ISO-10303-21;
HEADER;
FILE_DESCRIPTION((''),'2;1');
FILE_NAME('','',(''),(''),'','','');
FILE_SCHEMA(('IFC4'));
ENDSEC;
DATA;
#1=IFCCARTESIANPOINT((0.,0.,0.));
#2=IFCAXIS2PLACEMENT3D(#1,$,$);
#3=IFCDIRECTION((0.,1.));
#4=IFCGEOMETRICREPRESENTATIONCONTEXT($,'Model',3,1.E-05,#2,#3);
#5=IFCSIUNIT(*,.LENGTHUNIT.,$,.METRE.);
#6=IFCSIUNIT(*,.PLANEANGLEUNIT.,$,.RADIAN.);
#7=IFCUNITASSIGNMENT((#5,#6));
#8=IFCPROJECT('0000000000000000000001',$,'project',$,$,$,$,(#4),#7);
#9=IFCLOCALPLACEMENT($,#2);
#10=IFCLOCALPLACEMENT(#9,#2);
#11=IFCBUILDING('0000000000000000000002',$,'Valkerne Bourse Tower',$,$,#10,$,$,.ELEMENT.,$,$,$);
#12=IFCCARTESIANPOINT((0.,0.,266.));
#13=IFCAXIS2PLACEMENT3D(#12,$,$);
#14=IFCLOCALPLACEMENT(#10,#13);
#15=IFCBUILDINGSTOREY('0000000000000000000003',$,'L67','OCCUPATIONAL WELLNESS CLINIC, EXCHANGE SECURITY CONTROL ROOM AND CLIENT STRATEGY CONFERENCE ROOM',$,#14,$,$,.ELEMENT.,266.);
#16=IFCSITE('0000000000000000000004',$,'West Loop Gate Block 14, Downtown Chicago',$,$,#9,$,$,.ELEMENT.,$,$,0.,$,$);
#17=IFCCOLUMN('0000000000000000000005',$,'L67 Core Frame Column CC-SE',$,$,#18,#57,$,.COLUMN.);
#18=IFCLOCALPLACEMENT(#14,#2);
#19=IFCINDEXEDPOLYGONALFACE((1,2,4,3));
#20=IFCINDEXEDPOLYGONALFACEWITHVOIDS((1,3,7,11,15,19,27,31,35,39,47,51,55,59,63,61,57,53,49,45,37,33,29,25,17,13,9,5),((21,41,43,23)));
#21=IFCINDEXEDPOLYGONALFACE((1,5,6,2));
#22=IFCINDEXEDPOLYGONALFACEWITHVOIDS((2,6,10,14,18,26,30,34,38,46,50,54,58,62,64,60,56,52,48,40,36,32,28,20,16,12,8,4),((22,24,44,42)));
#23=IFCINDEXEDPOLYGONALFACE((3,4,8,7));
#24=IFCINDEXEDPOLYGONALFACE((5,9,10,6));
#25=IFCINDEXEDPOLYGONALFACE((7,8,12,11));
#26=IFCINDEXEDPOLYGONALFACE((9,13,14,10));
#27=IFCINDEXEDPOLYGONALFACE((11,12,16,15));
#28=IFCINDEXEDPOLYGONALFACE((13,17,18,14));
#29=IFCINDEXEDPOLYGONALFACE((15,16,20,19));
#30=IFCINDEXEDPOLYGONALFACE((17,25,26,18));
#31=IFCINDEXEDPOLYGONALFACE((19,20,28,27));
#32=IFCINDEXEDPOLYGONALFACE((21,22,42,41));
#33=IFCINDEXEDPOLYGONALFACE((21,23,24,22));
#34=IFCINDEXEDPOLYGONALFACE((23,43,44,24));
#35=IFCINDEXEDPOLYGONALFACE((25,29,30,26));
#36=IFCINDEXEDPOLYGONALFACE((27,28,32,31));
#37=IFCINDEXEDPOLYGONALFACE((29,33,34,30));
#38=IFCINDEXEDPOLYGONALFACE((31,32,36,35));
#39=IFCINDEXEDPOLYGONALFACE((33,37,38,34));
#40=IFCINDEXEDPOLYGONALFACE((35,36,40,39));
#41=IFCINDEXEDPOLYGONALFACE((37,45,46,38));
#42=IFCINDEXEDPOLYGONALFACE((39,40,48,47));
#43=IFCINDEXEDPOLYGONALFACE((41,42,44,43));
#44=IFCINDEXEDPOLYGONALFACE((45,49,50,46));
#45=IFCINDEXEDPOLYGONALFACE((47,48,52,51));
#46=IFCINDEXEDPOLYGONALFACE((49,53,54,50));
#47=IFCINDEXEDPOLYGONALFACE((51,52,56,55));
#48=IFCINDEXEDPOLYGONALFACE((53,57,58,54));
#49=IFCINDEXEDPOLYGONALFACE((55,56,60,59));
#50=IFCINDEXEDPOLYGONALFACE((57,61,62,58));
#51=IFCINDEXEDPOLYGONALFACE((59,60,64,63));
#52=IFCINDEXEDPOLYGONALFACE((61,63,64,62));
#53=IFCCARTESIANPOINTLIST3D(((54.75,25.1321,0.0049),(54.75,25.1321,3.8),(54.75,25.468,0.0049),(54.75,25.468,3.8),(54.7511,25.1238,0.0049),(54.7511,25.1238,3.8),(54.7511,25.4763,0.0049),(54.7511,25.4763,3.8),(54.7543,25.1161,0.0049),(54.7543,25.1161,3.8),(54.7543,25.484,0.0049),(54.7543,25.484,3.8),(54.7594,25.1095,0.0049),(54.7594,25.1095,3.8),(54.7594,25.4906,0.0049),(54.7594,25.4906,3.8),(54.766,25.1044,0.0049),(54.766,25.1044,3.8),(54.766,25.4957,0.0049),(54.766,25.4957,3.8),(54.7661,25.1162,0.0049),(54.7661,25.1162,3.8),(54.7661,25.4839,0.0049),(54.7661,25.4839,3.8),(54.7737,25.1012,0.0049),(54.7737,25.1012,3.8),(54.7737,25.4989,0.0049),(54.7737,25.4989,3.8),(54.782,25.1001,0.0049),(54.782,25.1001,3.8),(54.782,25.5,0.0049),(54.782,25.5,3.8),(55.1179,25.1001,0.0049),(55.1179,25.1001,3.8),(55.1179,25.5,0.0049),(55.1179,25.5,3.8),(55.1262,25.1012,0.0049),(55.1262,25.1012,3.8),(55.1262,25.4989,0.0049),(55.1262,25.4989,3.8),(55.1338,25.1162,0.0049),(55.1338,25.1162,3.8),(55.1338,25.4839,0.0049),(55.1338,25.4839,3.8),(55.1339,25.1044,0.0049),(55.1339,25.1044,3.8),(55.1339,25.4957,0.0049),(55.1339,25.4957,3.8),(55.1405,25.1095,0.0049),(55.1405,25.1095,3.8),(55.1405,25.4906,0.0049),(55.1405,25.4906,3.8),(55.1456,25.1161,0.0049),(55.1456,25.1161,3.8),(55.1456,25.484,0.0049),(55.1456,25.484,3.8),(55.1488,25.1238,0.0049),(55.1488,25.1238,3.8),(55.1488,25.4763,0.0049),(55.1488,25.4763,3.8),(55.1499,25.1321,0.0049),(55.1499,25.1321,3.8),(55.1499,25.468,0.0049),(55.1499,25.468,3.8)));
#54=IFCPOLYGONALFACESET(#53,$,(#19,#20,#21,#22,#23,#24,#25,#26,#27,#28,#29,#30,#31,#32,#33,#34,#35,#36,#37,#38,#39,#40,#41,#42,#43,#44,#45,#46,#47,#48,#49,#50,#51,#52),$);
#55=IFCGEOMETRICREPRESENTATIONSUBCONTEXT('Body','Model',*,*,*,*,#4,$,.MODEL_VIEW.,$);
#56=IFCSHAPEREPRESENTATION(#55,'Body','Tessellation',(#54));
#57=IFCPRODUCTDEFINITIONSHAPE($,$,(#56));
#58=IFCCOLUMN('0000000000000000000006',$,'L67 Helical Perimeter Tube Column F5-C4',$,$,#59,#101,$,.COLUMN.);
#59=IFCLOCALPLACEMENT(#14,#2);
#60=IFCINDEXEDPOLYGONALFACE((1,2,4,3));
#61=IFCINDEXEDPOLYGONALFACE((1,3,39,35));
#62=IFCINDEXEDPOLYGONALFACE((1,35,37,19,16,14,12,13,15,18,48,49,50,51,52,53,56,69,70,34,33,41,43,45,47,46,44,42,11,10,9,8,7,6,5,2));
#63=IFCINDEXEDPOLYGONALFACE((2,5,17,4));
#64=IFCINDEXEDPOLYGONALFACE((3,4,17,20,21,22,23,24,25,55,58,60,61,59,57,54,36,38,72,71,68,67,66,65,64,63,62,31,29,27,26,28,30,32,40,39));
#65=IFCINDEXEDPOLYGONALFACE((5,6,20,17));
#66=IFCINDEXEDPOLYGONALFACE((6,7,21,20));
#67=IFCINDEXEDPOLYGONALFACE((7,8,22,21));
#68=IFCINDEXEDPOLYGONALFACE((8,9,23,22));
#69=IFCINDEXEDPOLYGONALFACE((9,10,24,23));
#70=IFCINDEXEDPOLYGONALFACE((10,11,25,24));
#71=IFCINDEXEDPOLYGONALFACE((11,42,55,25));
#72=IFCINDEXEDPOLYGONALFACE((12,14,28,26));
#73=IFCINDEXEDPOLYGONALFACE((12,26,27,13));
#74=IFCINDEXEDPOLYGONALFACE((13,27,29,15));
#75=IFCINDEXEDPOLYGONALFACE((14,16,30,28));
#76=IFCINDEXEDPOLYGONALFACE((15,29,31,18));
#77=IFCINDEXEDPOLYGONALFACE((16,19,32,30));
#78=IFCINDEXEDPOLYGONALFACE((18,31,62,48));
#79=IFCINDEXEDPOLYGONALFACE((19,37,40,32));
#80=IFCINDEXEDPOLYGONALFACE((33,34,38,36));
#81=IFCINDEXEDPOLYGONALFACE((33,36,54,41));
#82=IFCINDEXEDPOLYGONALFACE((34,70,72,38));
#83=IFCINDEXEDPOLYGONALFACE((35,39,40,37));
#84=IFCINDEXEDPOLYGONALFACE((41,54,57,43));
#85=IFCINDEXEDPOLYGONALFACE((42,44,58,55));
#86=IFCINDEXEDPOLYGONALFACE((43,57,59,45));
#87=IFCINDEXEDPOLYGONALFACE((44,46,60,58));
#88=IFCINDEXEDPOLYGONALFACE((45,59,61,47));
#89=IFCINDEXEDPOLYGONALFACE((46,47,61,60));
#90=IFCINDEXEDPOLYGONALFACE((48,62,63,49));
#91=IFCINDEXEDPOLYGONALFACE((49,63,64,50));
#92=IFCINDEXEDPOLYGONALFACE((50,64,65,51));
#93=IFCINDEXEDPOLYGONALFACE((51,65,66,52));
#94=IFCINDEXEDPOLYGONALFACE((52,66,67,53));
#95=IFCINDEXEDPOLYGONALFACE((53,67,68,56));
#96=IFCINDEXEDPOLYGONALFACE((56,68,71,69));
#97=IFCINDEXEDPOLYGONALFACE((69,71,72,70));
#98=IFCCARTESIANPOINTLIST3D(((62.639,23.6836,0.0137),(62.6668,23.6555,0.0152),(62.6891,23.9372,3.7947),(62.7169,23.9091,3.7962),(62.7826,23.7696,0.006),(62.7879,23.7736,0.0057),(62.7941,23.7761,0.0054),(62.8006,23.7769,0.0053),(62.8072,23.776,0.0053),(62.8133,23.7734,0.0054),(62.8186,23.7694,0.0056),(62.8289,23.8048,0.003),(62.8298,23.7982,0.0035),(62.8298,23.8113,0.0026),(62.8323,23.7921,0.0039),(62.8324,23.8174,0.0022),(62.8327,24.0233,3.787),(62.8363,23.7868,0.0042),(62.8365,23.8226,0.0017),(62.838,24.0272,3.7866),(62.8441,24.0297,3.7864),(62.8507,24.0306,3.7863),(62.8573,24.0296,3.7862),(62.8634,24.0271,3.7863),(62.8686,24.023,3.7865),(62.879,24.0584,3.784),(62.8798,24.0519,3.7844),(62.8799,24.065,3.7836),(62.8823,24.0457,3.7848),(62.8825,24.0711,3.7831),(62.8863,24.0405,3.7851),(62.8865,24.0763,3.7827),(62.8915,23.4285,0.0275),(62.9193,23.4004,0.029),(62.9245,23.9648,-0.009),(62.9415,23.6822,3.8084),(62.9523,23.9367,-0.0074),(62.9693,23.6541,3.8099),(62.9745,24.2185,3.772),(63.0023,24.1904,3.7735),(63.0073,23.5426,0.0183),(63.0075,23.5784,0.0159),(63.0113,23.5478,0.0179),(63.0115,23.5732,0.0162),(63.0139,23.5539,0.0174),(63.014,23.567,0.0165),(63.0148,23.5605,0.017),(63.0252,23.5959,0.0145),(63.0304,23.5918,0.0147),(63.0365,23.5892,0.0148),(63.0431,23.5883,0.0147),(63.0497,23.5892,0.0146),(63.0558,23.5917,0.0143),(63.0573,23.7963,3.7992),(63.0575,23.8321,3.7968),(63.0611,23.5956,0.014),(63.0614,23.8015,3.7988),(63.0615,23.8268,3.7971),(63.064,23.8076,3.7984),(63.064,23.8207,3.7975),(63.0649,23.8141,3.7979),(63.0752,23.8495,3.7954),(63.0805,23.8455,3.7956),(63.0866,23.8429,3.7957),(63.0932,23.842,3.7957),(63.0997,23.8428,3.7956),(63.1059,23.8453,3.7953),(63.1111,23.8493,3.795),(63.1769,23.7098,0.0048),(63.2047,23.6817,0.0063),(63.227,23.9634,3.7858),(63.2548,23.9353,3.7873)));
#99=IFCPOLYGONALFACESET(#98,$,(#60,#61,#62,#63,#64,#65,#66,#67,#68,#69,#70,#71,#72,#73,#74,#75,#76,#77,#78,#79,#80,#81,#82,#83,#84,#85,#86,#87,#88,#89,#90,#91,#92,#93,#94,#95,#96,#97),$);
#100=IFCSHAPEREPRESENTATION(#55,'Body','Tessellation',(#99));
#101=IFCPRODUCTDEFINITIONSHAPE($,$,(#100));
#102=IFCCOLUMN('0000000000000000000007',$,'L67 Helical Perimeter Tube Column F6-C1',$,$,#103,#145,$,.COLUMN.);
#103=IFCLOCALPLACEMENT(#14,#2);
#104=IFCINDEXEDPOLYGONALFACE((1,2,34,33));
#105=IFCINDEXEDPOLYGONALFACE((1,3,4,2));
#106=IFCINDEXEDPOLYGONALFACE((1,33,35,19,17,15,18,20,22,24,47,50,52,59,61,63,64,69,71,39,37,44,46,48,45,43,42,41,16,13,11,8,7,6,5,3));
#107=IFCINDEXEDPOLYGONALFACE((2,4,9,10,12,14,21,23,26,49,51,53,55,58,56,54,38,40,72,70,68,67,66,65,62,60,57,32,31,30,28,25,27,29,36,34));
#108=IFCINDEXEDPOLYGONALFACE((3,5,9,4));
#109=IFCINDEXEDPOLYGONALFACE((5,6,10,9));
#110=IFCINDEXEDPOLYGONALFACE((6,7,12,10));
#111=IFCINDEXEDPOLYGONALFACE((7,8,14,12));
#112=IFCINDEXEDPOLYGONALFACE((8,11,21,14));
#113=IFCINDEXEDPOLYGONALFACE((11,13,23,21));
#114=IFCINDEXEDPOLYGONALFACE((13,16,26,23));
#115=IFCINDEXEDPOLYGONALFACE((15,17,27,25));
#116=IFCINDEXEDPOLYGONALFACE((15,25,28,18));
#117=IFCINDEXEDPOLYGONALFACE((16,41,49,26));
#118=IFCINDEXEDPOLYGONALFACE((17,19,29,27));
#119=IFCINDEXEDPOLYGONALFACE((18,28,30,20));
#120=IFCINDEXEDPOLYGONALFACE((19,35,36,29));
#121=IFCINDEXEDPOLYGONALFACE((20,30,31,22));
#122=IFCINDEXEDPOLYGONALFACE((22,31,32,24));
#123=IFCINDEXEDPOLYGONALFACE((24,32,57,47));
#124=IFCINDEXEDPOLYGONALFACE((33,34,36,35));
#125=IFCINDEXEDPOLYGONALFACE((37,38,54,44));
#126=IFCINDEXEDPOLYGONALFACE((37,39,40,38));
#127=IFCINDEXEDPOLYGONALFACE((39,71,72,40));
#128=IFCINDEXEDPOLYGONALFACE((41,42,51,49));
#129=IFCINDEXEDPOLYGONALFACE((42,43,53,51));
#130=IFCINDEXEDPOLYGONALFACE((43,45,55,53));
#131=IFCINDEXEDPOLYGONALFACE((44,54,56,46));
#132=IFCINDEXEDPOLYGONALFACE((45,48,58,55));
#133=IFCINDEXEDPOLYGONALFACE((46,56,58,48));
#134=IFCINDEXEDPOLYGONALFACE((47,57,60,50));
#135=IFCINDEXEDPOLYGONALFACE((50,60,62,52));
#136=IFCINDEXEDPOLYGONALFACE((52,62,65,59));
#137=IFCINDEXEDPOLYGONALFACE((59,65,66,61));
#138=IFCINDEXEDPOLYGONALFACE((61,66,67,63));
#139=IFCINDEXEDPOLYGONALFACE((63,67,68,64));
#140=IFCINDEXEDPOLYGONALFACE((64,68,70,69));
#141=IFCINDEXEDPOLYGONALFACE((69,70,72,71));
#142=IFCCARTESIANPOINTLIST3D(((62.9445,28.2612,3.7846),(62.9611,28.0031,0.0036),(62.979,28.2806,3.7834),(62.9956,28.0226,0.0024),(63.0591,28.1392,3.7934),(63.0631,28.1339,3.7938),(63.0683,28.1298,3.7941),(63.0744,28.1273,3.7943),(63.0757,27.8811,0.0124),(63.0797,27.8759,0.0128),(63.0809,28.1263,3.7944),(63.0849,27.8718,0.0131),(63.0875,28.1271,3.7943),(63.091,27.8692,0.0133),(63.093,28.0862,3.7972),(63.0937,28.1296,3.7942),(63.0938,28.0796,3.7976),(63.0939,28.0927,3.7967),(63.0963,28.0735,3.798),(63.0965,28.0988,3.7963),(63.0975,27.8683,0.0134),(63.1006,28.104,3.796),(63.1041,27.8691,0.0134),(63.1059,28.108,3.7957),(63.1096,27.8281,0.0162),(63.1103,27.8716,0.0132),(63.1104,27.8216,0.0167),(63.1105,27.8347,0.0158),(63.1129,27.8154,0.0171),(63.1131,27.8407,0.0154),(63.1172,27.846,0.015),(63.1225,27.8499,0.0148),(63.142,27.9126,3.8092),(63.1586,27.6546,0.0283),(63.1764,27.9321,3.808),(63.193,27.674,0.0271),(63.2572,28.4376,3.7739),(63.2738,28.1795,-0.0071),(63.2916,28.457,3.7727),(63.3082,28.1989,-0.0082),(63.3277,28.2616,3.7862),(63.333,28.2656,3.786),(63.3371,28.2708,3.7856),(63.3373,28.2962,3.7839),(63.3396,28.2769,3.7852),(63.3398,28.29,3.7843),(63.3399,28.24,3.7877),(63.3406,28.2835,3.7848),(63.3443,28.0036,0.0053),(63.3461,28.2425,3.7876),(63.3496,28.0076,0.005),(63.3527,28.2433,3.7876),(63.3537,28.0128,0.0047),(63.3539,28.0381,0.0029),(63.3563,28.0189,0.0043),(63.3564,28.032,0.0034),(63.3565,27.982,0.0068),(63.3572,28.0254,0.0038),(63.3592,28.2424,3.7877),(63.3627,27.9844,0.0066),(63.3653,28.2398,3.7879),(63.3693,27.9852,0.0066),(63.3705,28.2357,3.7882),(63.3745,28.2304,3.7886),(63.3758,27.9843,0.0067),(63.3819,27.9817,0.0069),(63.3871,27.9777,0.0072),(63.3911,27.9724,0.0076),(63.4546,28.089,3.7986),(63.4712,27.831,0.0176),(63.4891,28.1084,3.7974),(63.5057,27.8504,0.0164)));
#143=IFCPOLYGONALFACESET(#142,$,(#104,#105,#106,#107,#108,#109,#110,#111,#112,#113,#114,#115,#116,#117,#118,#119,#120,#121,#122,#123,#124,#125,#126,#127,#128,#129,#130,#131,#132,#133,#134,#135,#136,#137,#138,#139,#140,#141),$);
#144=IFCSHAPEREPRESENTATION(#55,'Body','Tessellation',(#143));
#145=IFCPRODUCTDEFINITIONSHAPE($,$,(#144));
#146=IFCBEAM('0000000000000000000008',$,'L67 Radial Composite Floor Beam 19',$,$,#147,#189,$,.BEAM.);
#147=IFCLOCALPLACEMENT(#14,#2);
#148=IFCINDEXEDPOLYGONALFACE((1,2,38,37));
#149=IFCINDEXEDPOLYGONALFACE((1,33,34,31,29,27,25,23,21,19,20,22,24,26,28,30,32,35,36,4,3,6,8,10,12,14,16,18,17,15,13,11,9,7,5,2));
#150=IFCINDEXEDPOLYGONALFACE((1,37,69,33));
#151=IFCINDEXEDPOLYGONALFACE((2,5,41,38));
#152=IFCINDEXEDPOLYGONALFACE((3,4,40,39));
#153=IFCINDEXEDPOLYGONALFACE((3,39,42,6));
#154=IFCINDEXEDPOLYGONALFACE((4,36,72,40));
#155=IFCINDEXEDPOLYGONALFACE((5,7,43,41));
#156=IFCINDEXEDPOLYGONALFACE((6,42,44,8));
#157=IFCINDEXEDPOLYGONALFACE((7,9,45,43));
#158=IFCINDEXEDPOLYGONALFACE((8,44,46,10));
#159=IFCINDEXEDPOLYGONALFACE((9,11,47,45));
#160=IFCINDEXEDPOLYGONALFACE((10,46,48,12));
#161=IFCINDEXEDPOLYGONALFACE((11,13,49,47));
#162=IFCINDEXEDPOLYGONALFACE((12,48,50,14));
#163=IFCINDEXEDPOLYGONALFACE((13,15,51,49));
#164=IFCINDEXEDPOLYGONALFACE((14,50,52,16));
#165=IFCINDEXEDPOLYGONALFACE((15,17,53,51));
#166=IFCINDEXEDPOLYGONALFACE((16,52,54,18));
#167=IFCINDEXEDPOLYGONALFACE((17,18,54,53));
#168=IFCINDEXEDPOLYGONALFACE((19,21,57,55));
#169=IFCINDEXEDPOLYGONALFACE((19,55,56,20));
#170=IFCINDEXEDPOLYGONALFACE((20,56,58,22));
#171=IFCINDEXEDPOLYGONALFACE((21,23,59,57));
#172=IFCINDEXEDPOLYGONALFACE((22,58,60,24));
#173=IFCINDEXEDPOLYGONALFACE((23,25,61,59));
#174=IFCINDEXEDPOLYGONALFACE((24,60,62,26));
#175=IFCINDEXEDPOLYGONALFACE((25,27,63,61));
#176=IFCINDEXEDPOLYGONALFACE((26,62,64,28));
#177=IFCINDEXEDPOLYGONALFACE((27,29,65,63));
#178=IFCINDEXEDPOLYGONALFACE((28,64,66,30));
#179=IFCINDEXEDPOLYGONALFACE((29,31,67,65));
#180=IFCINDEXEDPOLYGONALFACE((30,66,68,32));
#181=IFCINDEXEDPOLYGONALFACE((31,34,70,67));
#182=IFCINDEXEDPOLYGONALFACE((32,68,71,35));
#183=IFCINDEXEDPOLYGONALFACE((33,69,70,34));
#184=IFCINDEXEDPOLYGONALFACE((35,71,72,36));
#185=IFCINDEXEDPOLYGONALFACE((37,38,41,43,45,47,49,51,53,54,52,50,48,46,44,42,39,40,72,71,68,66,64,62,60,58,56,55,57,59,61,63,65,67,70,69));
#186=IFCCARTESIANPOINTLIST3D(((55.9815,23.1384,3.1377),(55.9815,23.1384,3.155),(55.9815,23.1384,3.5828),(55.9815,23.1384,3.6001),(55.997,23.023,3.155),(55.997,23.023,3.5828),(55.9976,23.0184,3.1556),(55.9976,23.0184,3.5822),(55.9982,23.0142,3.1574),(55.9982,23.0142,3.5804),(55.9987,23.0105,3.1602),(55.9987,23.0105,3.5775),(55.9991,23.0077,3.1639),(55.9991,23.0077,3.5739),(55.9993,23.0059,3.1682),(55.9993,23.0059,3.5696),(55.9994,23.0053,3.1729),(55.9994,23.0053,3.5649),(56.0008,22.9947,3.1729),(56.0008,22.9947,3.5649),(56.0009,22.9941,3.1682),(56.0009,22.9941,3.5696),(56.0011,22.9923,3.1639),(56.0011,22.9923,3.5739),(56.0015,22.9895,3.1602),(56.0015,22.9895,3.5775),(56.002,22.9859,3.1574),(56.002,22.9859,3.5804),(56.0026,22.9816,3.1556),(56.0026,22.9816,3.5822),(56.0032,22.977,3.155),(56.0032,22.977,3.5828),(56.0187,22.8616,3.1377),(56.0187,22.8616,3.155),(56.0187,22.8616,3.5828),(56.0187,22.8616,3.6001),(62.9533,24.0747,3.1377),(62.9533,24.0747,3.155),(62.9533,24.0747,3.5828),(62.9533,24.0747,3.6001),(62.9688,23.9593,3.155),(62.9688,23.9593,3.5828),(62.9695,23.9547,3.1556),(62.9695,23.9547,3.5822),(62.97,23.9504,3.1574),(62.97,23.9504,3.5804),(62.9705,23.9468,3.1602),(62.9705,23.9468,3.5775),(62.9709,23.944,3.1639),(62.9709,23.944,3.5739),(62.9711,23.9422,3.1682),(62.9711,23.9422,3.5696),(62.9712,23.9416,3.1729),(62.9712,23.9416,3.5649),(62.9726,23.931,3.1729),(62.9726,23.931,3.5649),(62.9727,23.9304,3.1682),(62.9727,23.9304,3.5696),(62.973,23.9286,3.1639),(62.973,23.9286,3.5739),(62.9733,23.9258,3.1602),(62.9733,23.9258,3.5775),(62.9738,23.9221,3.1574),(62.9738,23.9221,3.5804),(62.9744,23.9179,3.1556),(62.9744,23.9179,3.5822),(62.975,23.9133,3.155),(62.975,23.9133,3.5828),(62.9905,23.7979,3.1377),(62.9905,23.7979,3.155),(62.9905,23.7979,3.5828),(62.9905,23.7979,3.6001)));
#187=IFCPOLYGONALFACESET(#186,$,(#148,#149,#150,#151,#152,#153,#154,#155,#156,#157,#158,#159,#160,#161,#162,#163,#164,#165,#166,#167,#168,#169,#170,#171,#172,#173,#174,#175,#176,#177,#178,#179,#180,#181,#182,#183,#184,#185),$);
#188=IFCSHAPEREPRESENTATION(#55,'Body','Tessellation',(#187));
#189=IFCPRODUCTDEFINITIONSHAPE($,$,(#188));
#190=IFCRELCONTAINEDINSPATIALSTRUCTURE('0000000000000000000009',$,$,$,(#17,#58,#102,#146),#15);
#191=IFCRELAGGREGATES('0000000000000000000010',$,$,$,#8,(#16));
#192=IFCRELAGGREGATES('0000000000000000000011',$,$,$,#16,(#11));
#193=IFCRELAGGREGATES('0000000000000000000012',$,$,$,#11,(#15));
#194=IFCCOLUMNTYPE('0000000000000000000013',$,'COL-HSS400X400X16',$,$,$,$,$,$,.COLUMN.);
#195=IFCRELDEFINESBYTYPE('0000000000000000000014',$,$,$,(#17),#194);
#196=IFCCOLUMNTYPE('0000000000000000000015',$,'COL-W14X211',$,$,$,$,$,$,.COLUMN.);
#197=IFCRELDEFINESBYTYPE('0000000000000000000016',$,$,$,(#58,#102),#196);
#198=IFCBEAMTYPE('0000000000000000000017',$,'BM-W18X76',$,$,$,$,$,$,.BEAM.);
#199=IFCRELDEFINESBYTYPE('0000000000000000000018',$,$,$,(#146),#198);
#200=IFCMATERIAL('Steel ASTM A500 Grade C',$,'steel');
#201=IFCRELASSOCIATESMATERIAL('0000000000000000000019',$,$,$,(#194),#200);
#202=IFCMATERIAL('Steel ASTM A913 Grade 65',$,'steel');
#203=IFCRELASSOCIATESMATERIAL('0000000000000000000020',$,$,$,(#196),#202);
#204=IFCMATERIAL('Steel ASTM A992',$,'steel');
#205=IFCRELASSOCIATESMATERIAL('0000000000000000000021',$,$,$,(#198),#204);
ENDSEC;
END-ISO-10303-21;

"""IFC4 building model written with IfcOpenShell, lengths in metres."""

from ifc_helpers import new_model, si_unit, direction, frame, origin, origin_2d, place, context, subcontext, project, spatial, hollow_rectangle, i_section, extrude, material, material_profile, profile_set, type_object, element, save


model = new_model("IFC4")

# Units and contexts
model_context = context("Model", 3, precision=1e-05, world=origin(), true_north=direction((0.0, 1.0)))
body_context = subcontext(model_context, "Body", "Model", "MODEL_VIEW")
ifc_project = project(units=[si_unit("LENGTHUNIT", "METRE"), si_unit("PLANEANGLEUNIT", "RADIAN")], contexts=[model_context])

# Site, building, storey
site_placement = place(None, origin())
site = spatial("IfcSite", under=ifc_project, at=site_placement, Name="West Loop Gate Block 14, Downtown Chicago", CompositionType="ELEMENT", RefElevation=0.0)
building_placement = place(site_placement, origin())
building = spatial("IfcBuilding", under=site, at=building_placement, Name="Valkerne Bourse Tower", CompositionType="ELEMENT")
storey_placement = place(building_placement, frame((0.0, 0.0, 266.0)))
storey = spatial("IfcBuildingStorey", under=building, at=storey_placement, Name="L67", Description="OCCUPATIONAL WELLNESS CLINIC, EXCHANGE SECURITY CONTROL ROOM AND CLIENT STRATEGY CONFERENCE ROOM", CompositionType="ELEMENT", Elevation=266.0)

# Columns
ifc_material_1 = material(Name="Steel ASTM A500 Grade C", Category="steel")
ifc_material_profile_1 = material_profile(ifc_material_1, hollow_rectangle(XDim=0.3999, YDim=0.3999, WallThickness=0.0161, OuterFilletRadius=0.032, at=origin_2d()), Name="HSS400X400X16")
ifc_profile_set_1 = profile_set([ifc_material_profile_1], Name="Steel ASTM A500 Grade C")
column_type_1 = type_object("IfcColumnType", Name="COL-HSS400X400X16", PredefinedType="COLUMN", material=ifc_profile_set_1)
column_placement = place(storey_placement, frame((54.95, 25.3, 0.0049), z_axis=(0.0, 0.0, 1.0), x_axis=(1.0, 0.0, 0.0)))
element("IfcColumn", 1, at=column_placement, inside=storey, type_object=column_type_1, Name="L67 Core Frame Column CC-SE", PredefinedType="COLUMN", context=body_context, shape_type="SweptSolid", body=[
    extrude(hollow_rectangle(XDim=0.3999, YDim=0.3999, WallThickness=0.0161, OuterFilletRadius=0.032, at=origin_2d()), origin(), (0.0, 0.0, 1.0), 3.7952),
])
ifc_material_2 = material(Name="Steel ASTM A913 Grade 65", Category="steel")
ifc_material_profile_2 = material_profile(ifc_material_2, i_section(OverallWidth=0.4014, OverallDepth=0.3987, WebThickness=0.0249, FlangeThickness=0.0396, FilletRadius=0.0254, at=origin_2d()), Name="W14X211")
ifc_profile_set_2 = profile_set([ifc_material_profile_2], Name="Steel ASTM A913 Grade 65")
column_type_2 = type_object("IfcColumnType", Name="COL-W14X211", PredefinedType="COLUMN", material=ifc_profile_set_2)
for number, where, z_axis, x_axis, name in (
    (2, (62.9219, 23.6826, 0.01), (0.013206, 0.066932, 0.99767), (-0.71118, -0.700742, 0.056426), "L67 Helical Perimeter Tube Column F5-C4"),
    (3, (63.2334, 27.9268, 0.01), (-0.004381, 0.068092, 0.997669), (0.491999, -0.868426, 0.061431), "L67 Helical Perimeter Tube Column F6-C1"),
):
    element("IfcColumn", number, at=place(storey_placement, frame(where, z_axis=z_axis, x_axis=x_axis)), inside=storey, type_object=column_type_2, Name=name, PredefinedType="COLUMN", context=body_context, shape_type="SweptSolid", body=[
        extrude(i_section(OverallWidth=0.4014, OverallDepth=0.3987, WebThickness=0.0249, FlangeThickness=0.0396, FilletRadius=0.0254, at=origin_2d()), origin(), (0.0, 0.0, 1.0), 3.7898),
    ])

# Beam
ifc_material_3 = material(Name="Steel ASTM A992", Category="steel")
ifc_material_profile_3 = material_profile(ifc_material_3, i_section(OverallWidth=0.2793, OverallDepth=0.4624, WebThickness=0.0107, FlangeThickness=0.0173, FilletRadius=0.0178, at=origin_2d()), Name="W18X76")
ifc_profile_set_3 = profile_set([ifc_material_profile_3], Name="Steel ASTM A992")
beam_type_1 = type_object("IfcBeamType", Name="BM-W18X76", PredefinedType="BEAM", material=ifc_profile_set_3)
beam_1_placement = place(storey_placement, frame((62.9719, 23.9363, 3.3689), z_axis=(-0.991103, -0.133098, 0.0), x_axis=(0.133098, -0.991103, 0.0)))
element("IfcBeam", 4, at=beam_1_placement, inside=storey, type_object=beam_type_1, Name="L67 Radial Composite Floor Beam 19", PredefinedType="BEAM", context=body_context, shape_type="SweptSolid", body=[
    extrude(i_section(OverallWidth=0.2793, OverallDepth=0.4624, WebThickness=0.0107, FlangeThickness=0.0173, FilletRadius=0.0178, at=origin_2d()), origin(), (0.0, 0.0, 1.0), 7.0344),
])

save(model, "model.ifc")
